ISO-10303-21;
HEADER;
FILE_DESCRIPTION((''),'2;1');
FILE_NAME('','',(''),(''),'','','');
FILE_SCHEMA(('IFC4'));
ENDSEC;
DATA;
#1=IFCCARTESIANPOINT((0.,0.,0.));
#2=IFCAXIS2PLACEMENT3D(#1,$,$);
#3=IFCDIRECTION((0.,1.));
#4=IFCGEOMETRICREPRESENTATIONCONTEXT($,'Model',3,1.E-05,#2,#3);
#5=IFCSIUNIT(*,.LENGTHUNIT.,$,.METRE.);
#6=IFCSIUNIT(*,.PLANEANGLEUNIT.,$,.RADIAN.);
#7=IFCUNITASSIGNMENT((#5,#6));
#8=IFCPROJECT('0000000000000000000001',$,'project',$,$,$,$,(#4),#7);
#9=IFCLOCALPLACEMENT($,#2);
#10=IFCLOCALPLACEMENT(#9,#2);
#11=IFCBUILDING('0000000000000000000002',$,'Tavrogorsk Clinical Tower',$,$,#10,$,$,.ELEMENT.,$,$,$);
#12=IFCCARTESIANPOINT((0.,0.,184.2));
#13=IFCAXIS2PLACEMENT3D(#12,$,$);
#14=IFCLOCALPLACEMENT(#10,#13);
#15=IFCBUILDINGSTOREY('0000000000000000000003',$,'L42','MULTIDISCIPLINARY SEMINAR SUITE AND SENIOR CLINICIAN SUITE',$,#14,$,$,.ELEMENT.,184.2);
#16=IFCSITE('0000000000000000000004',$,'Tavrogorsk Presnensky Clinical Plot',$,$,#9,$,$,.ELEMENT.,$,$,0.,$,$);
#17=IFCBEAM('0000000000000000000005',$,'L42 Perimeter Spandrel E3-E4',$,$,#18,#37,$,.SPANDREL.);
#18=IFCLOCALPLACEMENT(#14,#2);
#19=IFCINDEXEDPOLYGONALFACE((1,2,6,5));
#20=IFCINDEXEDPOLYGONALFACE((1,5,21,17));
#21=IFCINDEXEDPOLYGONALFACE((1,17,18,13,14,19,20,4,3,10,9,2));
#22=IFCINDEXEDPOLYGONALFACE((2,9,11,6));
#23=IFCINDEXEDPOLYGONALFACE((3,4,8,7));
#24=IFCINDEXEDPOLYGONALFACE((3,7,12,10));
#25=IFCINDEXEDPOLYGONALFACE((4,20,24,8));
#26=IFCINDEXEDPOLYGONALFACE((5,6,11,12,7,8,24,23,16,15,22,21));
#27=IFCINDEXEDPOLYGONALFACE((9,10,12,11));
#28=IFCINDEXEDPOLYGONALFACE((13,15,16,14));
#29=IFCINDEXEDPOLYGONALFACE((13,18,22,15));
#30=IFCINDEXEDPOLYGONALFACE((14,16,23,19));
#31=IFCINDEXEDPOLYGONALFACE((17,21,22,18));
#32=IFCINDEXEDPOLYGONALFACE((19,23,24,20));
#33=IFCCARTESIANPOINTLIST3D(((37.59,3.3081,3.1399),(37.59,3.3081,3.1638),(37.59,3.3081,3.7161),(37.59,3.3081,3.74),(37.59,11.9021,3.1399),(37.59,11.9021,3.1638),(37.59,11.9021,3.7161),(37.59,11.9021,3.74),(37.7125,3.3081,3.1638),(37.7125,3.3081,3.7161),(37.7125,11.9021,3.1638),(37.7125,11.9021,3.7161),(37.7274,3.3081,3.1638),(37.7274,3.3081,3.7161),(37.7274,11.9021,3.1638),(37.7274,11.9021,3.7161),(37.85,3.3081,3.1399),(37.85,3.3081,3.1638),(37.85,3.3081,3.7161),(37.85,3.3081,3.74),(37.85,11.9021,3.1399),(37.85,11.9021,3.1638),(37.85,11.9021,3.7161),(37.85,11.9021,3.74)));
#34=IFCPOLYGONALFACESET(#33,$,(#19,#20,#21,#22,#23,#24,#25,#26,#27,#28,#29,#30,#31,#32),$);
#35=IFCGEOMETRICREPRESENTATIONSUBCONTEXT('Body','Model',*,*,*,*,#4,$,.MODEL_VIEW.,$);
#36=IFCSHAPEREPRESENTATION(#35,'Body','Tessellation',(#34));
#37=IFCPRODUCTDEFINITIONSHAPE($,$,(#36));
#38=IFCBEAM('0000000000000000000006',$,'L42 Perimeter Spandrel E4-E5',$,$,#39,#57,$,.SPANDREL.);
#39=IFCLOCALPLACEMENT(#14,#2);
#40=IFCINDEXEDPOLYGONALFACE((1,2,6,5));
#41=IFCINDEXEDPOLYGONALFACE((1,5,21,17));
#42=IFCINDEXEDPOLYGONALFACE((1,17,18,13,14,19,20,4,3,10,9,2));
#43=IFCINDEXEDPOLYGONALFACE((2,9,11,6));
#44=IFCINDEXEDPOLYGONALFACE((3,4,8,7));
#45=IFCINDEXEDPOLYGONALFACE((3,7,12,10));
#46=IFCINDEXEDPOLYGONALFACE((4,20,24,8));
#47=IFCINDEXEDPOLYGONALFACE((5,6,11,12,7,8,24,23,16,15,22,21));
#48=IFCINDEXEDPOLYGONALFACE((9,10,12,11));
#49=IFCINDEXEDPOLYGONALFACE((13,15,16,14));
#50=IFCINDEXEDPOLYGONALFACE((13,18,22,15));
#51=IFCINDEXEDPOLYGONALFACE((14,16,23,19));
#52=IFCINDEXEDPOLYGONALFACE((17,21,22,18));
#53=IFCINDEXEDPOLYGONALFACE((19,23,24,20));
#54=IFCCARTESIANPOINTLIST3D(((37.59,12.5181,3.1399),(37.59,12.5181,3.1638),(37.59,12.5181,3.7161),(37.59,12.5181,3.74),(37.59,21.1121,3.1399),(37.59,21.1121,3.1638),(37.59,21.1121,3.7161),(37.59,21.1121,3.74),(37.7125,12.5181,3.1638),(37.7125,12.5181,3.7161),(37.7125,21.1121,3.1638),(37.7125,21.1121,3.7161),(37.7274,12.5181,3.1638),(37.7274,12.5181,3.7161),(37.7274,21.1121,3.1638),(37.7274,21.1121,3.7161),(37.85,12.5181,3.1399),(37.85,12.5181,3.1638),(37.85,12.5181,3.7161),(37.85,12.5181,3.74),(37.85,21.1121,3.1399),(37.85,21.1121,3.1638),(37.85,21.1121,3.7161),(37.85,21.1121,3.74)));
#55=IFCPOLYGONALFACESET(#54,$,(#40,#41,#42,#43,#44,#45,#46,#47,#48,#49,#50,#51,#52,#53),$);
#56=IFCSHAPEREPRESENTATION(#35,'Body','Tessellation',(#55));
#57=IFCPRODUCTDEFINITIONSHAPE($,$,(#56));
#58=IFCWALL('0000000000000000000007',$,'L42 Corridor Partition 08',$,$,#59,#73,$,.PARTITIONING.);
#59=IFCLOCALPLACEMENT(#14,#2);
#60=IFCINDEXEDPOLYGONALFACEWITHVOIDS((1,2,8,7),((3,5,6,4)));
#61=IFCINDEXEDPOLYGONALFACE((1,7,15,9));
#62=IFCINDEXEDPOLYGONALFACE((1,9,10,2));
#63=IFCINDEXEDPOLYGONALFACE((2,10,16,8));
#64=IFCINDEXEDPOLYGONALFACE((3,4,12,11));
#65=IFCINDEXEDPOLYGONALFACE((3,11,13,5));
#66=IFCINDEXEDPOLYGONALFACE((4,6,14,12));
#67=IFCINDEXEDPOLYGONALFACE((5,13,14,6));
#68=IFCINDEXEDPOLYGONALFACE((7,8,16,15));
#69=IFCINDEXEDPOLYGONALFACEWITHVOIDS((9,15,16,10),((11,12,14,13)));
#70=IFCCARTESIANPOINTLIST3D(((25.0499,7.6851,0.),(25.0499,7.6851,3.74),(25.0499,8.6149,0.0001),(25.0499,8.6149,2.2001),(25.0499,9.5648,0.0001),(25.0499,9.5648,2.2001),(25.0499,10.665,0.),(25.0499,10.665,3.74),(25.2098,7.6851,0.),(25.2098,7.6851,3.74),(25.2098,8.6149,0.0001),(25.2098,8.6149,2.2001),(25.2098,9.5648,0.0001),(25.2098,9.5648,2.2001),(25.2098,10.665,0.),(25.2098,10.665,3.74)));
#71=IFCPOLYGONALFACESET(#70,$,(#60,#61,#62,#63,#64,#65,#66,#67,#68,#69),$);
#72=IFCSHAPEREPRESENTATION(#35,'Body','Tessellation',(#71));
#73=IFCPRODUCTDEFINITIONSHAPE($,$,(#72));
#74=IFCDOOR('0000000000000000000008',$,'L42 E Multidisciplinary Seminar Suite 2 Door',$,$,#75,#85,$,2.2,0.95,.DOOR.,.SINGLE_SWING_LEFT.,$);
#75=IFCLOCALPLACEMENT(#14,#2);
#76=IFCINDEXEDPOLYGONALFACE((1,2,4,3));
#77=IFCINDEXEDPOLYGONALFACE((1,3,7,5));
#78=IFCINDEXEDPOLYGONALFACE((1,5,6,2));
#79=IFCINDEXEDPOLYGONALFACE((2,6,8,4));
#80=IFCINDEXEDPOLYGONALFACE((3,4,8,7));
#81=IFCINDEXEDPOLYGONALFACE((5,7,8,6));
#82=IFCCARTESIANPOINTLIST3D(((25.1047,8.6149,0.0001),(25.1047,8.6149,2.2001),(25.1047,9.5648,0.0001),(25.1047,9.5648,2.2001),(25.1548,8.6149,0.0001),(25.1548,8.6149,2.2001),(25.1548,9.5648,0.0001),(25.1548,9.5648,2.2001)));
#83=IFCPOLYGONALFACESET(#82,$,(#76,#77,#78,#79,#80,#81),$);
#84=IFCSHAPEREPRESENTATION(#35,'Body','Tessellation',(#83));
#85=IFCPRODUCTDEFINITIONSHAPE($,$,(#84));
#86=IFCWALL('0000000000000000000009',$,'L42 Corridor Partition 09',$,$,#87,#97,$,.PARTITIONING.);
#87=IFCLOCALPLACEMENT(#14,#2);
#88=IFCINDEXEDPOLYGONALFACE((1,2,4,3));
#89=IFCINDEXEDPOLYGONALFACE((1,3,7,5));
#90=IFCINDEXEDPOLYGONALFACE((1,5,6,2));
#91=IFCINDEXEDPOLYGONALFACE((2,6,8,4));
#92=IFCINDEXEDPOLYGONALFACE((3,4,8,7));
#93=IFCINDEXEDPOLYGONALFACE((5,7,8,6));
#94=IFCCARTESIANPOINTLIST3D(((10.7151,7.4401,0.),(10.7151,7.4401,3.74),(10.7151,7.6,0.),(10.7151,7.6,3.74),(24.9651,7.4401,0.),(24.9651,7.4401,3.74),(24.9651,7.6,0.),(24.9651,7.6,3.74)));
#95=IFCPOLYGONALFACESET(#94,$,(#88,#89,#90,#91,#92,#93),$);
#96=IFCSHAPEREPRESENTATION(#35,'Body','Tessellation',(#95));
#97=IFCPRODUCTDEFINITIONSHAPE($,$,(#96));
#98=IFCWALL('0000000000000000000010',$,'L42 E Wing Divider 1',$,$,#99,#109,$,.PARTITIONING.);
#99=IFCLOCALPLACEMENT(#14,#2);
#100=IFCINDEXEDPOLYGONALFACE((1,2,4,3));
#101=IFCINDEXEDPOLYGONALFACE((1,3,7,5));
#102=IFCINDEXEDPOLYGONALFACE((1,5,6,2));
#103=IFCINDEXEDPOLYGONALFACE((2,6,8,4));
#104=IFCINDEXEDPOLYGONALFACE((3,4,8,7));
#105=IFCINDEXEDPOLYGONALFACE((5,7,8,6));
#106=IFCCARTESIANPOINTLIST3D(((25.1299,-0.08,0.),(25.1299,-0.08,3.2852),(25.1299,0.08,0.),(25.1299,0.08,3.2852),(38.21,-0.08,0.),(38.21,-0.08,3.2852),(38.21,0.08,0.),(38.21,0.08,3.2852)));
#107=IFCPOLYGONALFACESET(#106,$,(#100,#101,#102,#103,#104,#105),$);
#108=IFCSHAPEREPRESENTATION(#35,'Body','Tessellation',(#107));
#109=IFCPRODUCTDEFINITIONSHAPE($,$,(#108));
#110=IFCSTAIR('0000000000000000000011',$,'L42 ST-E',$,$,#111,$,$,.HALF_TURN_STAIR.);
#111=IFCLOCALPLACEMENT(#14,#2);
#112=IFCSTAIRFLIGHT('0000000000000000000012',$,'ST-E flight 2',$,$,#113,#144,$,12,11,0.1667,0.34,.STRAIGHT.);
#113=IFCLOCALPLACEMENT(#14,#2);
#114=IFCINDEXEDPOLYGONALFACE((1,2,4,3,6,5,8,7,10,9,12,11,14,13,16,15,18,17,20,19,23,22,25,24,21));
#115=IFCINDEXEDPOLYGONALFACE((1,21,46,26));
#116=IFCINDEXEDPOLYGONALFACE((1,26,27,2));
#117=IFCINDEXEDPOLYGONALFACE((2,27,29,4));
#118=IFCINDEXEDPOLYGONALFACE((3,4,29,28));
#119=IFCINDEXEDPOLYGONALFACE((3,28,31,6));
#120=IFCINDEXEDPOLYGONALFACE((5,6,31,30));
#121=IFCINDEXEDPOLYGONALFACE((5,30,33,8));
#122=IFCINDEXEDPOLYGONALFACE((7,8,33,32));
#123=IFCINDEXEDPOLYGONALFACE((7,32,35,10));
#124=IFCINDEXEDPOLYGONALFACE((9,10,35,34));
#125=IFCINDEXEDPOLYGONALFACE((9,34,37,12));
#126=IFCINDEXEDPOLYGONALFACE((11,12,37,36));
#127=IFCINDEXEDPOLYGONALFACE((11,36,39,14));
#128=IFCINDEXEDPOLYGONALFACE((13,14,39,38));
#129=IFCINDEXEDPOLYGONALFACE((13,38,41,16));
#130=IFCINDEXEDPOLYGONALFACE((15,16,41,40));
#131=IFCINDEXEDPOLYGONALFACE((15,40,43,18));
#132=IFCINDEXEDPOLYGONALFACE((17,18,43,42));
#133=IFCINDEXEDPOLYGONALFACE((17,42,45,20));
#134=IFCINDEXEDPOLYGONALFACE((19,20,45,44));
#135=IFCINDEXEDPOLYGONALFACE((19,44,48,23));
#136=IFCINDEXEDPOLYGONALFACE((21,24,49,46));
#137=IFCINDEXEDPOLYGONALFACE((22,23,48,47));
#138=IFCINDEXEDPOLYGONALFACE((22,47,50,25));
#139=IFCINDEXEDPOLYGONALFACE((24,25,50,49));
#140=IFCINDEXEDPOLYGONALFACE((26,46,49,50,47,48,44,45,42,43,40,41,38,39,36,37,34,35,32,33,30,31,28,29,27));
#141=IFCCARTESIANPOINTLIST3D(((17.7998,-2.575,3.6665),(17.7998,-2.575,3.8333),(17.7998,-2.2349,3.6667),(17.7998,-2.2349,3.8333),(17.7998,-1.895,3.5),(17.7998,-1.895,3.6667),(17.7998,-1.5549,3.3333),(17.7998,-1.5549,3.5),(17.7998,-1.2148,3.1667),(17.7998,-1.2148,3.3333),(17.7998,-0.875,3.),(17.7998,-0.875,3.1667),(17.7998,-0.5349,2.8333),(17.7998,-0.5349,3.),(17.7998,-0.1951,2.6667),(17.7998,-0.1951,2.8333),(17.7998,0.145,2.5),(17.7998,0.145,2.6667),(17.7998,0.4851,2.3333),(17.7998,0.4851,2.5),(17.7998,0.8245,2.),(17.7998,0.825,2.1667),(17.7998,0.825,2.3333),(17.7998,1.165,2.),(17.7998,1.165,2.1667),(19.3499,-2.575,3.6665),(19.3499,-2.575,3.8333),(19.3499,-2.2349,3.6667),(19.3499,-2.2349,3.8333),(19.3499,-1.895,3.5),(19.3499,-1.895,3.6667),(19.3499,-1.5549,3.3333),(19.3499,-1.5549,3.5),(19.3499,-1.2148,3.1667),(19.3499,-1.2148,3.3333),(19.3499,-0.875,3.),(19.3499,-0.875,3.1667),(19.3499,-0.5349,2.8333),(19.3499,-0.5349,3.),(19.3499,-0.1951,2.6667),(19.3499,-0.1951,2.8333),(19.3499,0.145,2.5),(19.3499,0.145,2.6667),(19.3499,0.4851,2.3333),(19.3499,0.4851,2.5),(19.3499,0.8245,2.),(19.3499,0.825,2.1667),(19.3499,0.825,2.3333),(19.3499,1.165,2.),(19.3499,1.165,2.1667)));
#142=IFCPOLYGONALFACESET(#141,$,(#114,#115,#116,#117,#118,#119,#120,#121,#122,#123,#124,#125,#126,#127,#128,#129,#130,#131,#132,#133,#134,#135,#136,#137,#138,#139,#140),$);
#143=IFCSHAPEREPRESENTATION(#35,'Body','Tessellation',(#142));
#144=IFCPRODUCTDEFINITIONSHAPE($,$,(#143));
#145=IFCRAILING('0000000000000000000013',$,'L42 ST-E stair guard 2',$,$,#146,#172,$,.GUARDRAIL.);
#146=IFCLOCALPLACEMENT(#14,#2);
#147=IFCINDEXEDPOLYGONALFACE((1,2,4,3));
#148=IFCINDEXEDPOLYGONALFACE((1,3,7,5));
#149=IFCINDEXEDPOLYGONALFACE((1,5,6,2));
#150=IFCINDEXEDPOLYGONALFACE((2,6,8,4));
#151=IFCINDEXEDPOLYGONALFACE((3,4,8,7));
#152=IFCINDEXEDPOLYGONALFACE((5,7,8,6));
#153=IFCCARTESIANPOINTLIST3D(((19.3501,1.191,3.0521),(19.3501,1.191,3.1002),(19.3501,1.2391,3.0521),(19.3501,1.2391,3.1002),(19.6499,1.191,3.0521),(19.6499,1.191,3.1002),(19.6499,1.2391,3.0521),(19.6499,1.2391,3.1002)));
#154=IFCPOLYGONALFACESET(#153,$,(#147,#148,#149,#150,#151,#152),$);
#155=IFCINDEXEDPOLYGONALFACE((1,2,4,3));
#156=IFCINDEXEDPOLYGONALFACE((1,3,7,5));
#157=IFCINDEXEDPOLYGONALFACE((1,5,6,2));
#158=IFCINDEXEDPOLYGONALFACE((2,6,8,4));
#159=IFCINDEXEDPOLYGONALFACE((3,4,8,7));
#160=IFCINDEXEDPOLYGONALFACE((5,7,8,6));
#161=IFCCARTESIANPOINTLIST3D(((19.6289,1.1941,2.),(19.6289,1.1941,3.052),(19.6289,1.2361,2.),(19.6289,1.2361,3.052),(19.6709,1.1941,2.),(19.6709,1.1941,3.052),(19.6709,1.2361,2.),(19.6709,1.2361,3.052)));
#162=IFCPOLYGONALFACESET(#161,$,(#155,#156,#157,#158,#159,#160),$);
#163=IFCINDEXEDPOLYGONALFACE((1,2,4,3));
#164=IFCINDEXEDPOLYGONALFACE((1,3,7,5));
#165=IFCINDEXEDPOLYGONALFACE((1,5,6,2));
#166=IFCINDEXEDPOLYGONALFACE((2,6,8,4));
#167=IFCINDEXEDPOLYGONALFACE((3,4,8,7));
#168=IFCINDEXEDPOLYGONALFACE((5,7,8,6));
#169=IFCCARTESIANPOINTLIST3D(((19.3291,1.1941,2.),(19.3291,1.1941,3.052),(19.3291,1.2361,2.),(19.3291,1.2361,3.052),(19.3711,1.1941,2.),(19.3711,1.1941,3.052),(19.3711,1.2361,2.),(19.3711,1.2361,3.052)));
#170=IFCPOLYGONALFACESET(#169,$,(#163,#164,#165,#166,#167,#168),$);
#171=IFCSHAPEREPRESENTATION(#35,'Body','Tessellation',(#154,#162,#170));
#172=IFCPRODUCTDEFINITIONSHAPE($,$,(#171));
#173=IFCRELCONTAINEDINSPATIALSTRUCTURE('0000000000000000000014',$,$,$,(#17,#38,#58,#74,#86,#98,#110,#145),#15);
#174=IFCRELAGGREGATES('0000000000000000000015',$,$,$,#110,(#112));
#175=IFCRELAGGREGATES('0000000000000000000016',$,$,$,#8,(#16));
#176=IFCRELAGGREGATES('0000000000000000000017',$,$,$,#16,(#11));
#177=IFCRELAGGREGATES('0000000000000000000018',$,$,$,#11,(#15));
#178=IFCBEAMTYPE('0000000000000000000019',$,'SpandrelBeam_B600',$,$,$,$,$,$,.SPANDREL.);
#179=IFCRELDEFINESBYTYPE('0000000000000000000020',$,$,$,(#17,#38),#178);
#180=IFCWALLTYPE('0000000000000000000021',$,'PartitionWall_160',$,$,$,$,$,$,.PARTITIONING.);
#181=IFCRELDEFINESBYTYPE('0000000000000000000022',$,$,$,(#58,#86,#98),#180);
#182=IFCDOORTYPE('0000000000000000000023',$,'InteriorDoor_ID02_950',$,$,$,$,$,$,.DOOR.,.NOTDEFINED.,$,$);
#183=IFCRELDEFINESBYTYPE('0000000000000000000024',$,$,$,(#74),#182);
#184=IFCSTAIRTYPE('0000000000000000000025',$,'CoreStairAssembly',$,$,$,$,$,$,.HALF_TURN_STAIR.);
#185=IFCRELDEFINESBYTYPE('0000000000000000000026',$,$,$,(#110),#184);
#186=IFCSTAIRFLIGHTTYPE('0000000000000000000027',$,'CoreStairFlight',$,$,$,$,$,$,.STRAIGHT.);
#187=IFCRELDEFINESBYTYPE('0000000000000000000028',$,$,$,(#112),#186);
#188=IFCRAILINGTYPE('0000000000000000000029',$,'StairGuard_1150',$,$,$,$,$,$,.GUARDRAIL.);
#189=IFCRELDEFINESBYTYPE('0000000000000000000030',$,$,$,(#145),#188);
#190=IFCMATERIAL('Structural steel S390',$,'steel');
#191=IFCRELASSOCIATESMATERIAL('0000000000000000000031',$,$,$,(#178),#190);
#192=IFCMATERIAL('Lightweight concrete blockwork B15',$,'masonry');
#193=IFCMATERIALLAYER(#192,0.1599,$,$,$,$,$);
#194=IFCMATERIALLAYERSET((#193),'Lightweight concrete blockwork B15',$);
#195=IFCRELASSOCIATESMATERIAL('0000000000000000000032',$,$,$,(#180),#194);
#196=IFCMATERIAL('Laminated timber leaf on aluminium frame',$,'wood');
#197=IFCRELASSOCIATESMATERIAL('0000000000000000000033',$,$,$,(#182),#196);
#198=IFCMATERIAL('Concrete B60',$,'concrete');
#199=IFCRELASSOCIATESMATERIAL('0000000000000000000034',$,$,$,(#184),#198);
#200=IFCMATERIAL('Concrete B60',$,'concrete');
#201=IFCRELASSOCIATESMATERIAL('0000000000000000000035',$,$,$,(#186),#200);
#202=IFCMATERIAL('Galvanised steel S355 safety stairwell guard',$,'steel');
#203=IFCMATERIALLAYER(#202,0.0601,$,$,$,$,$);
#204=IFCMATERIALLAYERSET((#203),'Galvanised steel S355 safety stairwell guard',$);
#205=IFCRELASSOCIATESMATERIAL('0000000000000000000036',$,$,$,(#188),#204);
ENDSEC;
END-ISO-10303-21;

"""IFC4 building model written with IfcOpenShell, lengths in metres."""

from ifc_helpers import new_model, si_unit, direction, frame, frame_2d, origin, origin_2d, place, context, subcontext, project, spatial, polyline, rectangle, i_section, outline, extrude, material, layer, layer_set, material_profile, profile_set, type_object, element, fill, aggregate, save


model = new_model("IFC4")

# Units and contexts
model_context = context("Model", 3, precision=1e-05, world=origin(), true_north=direction((0.0, 1.0)))
body_context = subcontext(model_context, "Body", "Model", "MODEL_VIEW")
ifc_project = project(units=[si_unit("LENGTHUNIT", "METRE"), si_unit("PLANEANGLEUNIT", "RADIAN")], contexts=[model_context])

# Site, building, storey
site_placement = place(None, origin())
site = spatial("IfcSite", under=ifc_project, at=site_placement, Name="Tavrogorsk Presnensky Clinical Plot", CompositionType="ELEMENT", RefElevation=0.0)
building_placement = place(site_placement, origin())
building = spatial("IfcBuilding", under=site, at=building_placement, Name="Tavrogorsk Clinical Tower", CompositionType="ELEMENT")
storey_placement = place(building_placement, frame((0.0, 0.0, 184.2)))
storey = spatial("IfcBuildingStorey", under=building, at=storey_placement, Name="L42", Description="MULTIDISCIPLINARY SEMINAR SUITE AND SENIOR CLINICIAN SUITE", CompositionType="ELEMENT", Elevation=184.2)

# Beams
ifc_material_1 = material(Name="Structural steel S390", Category="steel")
ifc_material_profile_1 = material_profile(ifc_material_1, i_section(OverallWidth=0.26, OverallDepth=0.6001, WebThickness=0.0149, FlangeThickness=0.0239, at=origin_2d()), Name="B-600x260x15x24")
ifc_profile_set_1 = profile_set([ifc_material_profile_1], Name="Structural steel S390")
beam_type_1 = type_object("IfcBeamType", Name="SpandrelBeam_B600", PredefinedType="SPANDREL", material=ifc_profile_set_1)
for number, where, z_axis, x_axis, name in (
    (1, (37.72, 3.3081, 3.4399), (0.0, 1.0, 0.0), (-1.0, 0.0, 0.0), "L42 Perimeter Spandrel E3-E4"),
    (2, (37.72, 12.5181, 3.4399), (0.0, 1.0, 0.0), (-1.0, 0.0, 0.0), "L42 Perimeter Spandrel E4-E5"),
):
    element("IfcBeam", number, at=place(storey_placement, frame(where, z_axis=z_axis, x_axis=x_axis)), inside=storey, type_object=beam_type_1, Name=name, PredefinedType="SPANDREL", context=body_context, shape_type="SweptSolid", body=[
        extrude(i_section(OverallWidth=0.26, OverallDepth=0.6001, WebThickness=0.0149, FlangeThickness=0.0239, at=origin_2d()), origin(), (0.0, 0.0, 1.0), 8.594),
    ])

# Wall, opening, door
ifc_material_2 = material(Name="Lightweight concrete blockwork B15", Category="masonry")
ifc_layer_1 = layer(ifc_material_2, 0.1599)
ifc_layer_set_1 = layer_set([ifc_layer_1], Name="Lightweight concrete blockwork B15")
wall_type = type_object("IfcWallType", Name="PartitionWall_160", PredefinedType="PARTITIONING", material=ifc_layer_set_1)
wall_1_placement = place(storey_placement, frame((25.1299, 10.665, 0.0), z_axis=(0.0, 0.0, 1.0), x_axis=(0.0, -1.0, 0.0)))
wall_1 = element("IfcWall", 3, at=wall_1_placement, inside=storey, type_object=wall_type, Name="L42 Corridor Partition 08", PredefinedType="PARTITIONING", context=body_context, shape_type="SweptSolid", body=[
    extrude(rectangle(XDim=2.98, YDim=0.1599, at=frame_2d((1.49, 0.0))), origin(), (0.0, 0.0, 1.0), 3.74),
])
opening_placement = place(wall_1_placement, frame((1.1001, 0.0, 0.0)))
opening = element("IfcOpeningElement", 4, at=opening_placement, cuts=wall_1, PredefinedType="OPENING", context=body_context, shape_type="SweptSolid", body=[
    extrude(rectangle(XDim=0.95, YDim=2.2, at=frame_2d((0.4751, 1.1001))), frame((0.0, 0.0898, 0.0), z_axis=(0.0, -1.0, 0.0), x_axis=(1.0, 0.0, 0.0)), (0.0, 0.0, 1.0), 0.1799),
])
ifc_material_3 = material(Name="Laminated timber leaf on aluminium frame", Category="wood")
door_type = type_object("IfcDoorType", Name="InteriorDoor_ID02_950", OperationType="NOTDEFINED", PredefinedType="DOOR", material=ifc_material_3)
door_placement = place(opening_placement, origin())
door = element("IfcDoor", 5, at=door_placement, inside=storey, type_object=door_type, Name="L42 E Multidisciplinary Seminar Suite 2 Door", OperationType="SINGLE_SWING_LEFT", OverallHeight=2.2, OverallWidth=0.95, PredefinedType="DOOR", context=body_context, shape_type="SweptSolid", body=[
    extrude(rectangle(XDim=0.95, YDim=2.2, at=frame_2d((0.4751, 1.1001))), frame((0.0, 0.0249, 0.0), z_axis=(0.0, -1.0, 0.0), x_axis=(1.0, 0.0, 0.0)), (0.0, 0.0, 1.0), 0.05),
])
fill(opening, door)

# Walls
wall_2_placement = place(storey_placement, frame((24.9651, 7.52, 0.0), z_axis=(0.0, 0.0, 1.0), x_axis=(-1.0, 0.0, 0.0)))
element("IfcWall", 6, at=wall_2_placement, inside=storey, type_object=wall_type, Name="L42 Corridor Partition 09", PredefinedType="PARTITIONING", context=body_context, shape_type="SweptSolid", body=[
    extrude(rectangle(XDim=14.25, YDim=0.1599, at=frame_2d((7.125, 0.0))), origin(), (0.0, 0.0, 1.0), 3.74),
])
wall_3_placement = place(storey_placement, frame((25.1299, 0.0, 0.0), z_axis=(0.0, 0.0, 1.0), x_axis=(1.0, 0.0, 0.0)))
element("IfcWall", 7, at=wall_3_placement, inside=storey, type_object=wall_type, Name="L42 E Wing Divider 1", PredefinedType="PARTITIONING", context=body_context, shape_type="SweptSolid", body=[
    extrude(rectangle(XDim=13.0801, YDim=0.1599, at=frame_2d((6.54, 0.0))), origin(), (0.0, 0.0, 1.0), 3.2852),
])

# Stair, stair flight
ifc_material_4 = material(Name="Concrete B60", Category="concrete")
stair_type = type_object("IfcStairType", Name="CoreStairAssembly", PredefinedType="HALF_TURN_STAIR", material=ifc_material_4)
stair_placement = place(storey_placement, origin())
stair = element("IfcStair", 8, at=stair_placement, inside=storey, type_object=stair_type, Name="L42 ST-E", PredefinedType="HALF_TURN_STAIR")
ifc_material_5 = material(Name="Concrete B60", Category="concrete")
stair_flight_type = type_object("IfcStairFlightType", Name="CoreStairFlight", PredefinedType="STRAIGHT", material=ifc_material_5)
stair_flight_placement = place(storey_placement, frame((18.575, 1.165, 2.0), z_axis=(0.0, 0.0, 1.0), x_axis=(0.0, -1.0, 0.0)))
stair_flight = element("IfcStairFlight", 9, at=stair_flight_placement, type_object=stair_flight_type, Name="ST-E flight 2", NumberOfRisers=12, NumberOfTreads=11, PredefinedType="STRAIGHT", RiserHeight=0.1667, TreadLength=0.34, context=body_context, shape_type="SweptSolid", body=[
    extrude(outline(polyline([(0.0, 0.0), (0.0, 0.1667), (0.3401, 0.1667), (0.3401, 0.3333), (0.6799, 0.3333), (0.6799, 0.5), (1.02, 0.5), (1.02, 0.6667), (1.3601, 0.6667), (1.3601, 0.8333), (1.7, 0.8333), (1.7, 1.0), (2.04, 1.0), (2.04, 1.1667), (2.3799, 1.1667), (2.3799, 1.3333), (2.72, 1.3333), (2.72, 1.5), (3.0601, 1.5), (3.0601, 1.6667), (3.3999, 1.6667), (3.3999, 1.8333), (3.74, 1.8333), (3.74, 2.0), (3.74, 1.6665), (0.3406, 0.0), (0.0, 0.0)])), frame((0.0, 0.7749, 0.0), z_axis=(0.0, -1.0, 0.0), x_axis=(1.0, 0.0, 0.0)), (0.0, 0.0, 1.0), 1.55),
])
aggregate(stair, [stair_flight])

# Railing
ifc_material_6 = material(Name="Galvanised steel S355 safety stairwell guard", Category="steel")
ifc_layer_2 = layer(ifc_material_6, 0.0601)
ifc_layer_set_2 = layer_set([ifc_layer_2], Name="Galvanised steel S355 safety stairwell guard")
railing_type = type_object("IfcRailingType", Name="StairGuard_1150", PredefinedType="GUARDRAIL", material=ifc_layer_set_2)
railing_1_placement = place(storey_placement, frame((19.6499, 1.2151, 2.0)))
element("IfcRailing", 10, at=railing_1_placement, inside=storey, type_object=railing_type, Name="L42 ST-E stair guard 2", PredefinedType="GUARDRAIL", context=body_context, shape_type="SweptSolid", body=[
    extrude(rectangle(XDim=0.0481, YDim=0.0481, at=origin_2d()), frame((0.0, 0.0, 1.0762), z_axis=(-1.0, 0.0, 0.0), x_axis=(0.0, -1.0, 0.0)), (0.0, 0.0, 1.0), 0.2998),
    extrude(rectangle(XDim=0.042, YDim=0.042, at=origin_2d()), origin(), (0.0, 0.0, 1.0), 1.052),
    extrude(rectangle(XDim=0.042, YDim=0.042, at=origin_2d()), frame((-0.2998, 0.0, 0.0)), (0.0, 0.0, 1.0), 1.052),
])

save(model, "model.ifc")
